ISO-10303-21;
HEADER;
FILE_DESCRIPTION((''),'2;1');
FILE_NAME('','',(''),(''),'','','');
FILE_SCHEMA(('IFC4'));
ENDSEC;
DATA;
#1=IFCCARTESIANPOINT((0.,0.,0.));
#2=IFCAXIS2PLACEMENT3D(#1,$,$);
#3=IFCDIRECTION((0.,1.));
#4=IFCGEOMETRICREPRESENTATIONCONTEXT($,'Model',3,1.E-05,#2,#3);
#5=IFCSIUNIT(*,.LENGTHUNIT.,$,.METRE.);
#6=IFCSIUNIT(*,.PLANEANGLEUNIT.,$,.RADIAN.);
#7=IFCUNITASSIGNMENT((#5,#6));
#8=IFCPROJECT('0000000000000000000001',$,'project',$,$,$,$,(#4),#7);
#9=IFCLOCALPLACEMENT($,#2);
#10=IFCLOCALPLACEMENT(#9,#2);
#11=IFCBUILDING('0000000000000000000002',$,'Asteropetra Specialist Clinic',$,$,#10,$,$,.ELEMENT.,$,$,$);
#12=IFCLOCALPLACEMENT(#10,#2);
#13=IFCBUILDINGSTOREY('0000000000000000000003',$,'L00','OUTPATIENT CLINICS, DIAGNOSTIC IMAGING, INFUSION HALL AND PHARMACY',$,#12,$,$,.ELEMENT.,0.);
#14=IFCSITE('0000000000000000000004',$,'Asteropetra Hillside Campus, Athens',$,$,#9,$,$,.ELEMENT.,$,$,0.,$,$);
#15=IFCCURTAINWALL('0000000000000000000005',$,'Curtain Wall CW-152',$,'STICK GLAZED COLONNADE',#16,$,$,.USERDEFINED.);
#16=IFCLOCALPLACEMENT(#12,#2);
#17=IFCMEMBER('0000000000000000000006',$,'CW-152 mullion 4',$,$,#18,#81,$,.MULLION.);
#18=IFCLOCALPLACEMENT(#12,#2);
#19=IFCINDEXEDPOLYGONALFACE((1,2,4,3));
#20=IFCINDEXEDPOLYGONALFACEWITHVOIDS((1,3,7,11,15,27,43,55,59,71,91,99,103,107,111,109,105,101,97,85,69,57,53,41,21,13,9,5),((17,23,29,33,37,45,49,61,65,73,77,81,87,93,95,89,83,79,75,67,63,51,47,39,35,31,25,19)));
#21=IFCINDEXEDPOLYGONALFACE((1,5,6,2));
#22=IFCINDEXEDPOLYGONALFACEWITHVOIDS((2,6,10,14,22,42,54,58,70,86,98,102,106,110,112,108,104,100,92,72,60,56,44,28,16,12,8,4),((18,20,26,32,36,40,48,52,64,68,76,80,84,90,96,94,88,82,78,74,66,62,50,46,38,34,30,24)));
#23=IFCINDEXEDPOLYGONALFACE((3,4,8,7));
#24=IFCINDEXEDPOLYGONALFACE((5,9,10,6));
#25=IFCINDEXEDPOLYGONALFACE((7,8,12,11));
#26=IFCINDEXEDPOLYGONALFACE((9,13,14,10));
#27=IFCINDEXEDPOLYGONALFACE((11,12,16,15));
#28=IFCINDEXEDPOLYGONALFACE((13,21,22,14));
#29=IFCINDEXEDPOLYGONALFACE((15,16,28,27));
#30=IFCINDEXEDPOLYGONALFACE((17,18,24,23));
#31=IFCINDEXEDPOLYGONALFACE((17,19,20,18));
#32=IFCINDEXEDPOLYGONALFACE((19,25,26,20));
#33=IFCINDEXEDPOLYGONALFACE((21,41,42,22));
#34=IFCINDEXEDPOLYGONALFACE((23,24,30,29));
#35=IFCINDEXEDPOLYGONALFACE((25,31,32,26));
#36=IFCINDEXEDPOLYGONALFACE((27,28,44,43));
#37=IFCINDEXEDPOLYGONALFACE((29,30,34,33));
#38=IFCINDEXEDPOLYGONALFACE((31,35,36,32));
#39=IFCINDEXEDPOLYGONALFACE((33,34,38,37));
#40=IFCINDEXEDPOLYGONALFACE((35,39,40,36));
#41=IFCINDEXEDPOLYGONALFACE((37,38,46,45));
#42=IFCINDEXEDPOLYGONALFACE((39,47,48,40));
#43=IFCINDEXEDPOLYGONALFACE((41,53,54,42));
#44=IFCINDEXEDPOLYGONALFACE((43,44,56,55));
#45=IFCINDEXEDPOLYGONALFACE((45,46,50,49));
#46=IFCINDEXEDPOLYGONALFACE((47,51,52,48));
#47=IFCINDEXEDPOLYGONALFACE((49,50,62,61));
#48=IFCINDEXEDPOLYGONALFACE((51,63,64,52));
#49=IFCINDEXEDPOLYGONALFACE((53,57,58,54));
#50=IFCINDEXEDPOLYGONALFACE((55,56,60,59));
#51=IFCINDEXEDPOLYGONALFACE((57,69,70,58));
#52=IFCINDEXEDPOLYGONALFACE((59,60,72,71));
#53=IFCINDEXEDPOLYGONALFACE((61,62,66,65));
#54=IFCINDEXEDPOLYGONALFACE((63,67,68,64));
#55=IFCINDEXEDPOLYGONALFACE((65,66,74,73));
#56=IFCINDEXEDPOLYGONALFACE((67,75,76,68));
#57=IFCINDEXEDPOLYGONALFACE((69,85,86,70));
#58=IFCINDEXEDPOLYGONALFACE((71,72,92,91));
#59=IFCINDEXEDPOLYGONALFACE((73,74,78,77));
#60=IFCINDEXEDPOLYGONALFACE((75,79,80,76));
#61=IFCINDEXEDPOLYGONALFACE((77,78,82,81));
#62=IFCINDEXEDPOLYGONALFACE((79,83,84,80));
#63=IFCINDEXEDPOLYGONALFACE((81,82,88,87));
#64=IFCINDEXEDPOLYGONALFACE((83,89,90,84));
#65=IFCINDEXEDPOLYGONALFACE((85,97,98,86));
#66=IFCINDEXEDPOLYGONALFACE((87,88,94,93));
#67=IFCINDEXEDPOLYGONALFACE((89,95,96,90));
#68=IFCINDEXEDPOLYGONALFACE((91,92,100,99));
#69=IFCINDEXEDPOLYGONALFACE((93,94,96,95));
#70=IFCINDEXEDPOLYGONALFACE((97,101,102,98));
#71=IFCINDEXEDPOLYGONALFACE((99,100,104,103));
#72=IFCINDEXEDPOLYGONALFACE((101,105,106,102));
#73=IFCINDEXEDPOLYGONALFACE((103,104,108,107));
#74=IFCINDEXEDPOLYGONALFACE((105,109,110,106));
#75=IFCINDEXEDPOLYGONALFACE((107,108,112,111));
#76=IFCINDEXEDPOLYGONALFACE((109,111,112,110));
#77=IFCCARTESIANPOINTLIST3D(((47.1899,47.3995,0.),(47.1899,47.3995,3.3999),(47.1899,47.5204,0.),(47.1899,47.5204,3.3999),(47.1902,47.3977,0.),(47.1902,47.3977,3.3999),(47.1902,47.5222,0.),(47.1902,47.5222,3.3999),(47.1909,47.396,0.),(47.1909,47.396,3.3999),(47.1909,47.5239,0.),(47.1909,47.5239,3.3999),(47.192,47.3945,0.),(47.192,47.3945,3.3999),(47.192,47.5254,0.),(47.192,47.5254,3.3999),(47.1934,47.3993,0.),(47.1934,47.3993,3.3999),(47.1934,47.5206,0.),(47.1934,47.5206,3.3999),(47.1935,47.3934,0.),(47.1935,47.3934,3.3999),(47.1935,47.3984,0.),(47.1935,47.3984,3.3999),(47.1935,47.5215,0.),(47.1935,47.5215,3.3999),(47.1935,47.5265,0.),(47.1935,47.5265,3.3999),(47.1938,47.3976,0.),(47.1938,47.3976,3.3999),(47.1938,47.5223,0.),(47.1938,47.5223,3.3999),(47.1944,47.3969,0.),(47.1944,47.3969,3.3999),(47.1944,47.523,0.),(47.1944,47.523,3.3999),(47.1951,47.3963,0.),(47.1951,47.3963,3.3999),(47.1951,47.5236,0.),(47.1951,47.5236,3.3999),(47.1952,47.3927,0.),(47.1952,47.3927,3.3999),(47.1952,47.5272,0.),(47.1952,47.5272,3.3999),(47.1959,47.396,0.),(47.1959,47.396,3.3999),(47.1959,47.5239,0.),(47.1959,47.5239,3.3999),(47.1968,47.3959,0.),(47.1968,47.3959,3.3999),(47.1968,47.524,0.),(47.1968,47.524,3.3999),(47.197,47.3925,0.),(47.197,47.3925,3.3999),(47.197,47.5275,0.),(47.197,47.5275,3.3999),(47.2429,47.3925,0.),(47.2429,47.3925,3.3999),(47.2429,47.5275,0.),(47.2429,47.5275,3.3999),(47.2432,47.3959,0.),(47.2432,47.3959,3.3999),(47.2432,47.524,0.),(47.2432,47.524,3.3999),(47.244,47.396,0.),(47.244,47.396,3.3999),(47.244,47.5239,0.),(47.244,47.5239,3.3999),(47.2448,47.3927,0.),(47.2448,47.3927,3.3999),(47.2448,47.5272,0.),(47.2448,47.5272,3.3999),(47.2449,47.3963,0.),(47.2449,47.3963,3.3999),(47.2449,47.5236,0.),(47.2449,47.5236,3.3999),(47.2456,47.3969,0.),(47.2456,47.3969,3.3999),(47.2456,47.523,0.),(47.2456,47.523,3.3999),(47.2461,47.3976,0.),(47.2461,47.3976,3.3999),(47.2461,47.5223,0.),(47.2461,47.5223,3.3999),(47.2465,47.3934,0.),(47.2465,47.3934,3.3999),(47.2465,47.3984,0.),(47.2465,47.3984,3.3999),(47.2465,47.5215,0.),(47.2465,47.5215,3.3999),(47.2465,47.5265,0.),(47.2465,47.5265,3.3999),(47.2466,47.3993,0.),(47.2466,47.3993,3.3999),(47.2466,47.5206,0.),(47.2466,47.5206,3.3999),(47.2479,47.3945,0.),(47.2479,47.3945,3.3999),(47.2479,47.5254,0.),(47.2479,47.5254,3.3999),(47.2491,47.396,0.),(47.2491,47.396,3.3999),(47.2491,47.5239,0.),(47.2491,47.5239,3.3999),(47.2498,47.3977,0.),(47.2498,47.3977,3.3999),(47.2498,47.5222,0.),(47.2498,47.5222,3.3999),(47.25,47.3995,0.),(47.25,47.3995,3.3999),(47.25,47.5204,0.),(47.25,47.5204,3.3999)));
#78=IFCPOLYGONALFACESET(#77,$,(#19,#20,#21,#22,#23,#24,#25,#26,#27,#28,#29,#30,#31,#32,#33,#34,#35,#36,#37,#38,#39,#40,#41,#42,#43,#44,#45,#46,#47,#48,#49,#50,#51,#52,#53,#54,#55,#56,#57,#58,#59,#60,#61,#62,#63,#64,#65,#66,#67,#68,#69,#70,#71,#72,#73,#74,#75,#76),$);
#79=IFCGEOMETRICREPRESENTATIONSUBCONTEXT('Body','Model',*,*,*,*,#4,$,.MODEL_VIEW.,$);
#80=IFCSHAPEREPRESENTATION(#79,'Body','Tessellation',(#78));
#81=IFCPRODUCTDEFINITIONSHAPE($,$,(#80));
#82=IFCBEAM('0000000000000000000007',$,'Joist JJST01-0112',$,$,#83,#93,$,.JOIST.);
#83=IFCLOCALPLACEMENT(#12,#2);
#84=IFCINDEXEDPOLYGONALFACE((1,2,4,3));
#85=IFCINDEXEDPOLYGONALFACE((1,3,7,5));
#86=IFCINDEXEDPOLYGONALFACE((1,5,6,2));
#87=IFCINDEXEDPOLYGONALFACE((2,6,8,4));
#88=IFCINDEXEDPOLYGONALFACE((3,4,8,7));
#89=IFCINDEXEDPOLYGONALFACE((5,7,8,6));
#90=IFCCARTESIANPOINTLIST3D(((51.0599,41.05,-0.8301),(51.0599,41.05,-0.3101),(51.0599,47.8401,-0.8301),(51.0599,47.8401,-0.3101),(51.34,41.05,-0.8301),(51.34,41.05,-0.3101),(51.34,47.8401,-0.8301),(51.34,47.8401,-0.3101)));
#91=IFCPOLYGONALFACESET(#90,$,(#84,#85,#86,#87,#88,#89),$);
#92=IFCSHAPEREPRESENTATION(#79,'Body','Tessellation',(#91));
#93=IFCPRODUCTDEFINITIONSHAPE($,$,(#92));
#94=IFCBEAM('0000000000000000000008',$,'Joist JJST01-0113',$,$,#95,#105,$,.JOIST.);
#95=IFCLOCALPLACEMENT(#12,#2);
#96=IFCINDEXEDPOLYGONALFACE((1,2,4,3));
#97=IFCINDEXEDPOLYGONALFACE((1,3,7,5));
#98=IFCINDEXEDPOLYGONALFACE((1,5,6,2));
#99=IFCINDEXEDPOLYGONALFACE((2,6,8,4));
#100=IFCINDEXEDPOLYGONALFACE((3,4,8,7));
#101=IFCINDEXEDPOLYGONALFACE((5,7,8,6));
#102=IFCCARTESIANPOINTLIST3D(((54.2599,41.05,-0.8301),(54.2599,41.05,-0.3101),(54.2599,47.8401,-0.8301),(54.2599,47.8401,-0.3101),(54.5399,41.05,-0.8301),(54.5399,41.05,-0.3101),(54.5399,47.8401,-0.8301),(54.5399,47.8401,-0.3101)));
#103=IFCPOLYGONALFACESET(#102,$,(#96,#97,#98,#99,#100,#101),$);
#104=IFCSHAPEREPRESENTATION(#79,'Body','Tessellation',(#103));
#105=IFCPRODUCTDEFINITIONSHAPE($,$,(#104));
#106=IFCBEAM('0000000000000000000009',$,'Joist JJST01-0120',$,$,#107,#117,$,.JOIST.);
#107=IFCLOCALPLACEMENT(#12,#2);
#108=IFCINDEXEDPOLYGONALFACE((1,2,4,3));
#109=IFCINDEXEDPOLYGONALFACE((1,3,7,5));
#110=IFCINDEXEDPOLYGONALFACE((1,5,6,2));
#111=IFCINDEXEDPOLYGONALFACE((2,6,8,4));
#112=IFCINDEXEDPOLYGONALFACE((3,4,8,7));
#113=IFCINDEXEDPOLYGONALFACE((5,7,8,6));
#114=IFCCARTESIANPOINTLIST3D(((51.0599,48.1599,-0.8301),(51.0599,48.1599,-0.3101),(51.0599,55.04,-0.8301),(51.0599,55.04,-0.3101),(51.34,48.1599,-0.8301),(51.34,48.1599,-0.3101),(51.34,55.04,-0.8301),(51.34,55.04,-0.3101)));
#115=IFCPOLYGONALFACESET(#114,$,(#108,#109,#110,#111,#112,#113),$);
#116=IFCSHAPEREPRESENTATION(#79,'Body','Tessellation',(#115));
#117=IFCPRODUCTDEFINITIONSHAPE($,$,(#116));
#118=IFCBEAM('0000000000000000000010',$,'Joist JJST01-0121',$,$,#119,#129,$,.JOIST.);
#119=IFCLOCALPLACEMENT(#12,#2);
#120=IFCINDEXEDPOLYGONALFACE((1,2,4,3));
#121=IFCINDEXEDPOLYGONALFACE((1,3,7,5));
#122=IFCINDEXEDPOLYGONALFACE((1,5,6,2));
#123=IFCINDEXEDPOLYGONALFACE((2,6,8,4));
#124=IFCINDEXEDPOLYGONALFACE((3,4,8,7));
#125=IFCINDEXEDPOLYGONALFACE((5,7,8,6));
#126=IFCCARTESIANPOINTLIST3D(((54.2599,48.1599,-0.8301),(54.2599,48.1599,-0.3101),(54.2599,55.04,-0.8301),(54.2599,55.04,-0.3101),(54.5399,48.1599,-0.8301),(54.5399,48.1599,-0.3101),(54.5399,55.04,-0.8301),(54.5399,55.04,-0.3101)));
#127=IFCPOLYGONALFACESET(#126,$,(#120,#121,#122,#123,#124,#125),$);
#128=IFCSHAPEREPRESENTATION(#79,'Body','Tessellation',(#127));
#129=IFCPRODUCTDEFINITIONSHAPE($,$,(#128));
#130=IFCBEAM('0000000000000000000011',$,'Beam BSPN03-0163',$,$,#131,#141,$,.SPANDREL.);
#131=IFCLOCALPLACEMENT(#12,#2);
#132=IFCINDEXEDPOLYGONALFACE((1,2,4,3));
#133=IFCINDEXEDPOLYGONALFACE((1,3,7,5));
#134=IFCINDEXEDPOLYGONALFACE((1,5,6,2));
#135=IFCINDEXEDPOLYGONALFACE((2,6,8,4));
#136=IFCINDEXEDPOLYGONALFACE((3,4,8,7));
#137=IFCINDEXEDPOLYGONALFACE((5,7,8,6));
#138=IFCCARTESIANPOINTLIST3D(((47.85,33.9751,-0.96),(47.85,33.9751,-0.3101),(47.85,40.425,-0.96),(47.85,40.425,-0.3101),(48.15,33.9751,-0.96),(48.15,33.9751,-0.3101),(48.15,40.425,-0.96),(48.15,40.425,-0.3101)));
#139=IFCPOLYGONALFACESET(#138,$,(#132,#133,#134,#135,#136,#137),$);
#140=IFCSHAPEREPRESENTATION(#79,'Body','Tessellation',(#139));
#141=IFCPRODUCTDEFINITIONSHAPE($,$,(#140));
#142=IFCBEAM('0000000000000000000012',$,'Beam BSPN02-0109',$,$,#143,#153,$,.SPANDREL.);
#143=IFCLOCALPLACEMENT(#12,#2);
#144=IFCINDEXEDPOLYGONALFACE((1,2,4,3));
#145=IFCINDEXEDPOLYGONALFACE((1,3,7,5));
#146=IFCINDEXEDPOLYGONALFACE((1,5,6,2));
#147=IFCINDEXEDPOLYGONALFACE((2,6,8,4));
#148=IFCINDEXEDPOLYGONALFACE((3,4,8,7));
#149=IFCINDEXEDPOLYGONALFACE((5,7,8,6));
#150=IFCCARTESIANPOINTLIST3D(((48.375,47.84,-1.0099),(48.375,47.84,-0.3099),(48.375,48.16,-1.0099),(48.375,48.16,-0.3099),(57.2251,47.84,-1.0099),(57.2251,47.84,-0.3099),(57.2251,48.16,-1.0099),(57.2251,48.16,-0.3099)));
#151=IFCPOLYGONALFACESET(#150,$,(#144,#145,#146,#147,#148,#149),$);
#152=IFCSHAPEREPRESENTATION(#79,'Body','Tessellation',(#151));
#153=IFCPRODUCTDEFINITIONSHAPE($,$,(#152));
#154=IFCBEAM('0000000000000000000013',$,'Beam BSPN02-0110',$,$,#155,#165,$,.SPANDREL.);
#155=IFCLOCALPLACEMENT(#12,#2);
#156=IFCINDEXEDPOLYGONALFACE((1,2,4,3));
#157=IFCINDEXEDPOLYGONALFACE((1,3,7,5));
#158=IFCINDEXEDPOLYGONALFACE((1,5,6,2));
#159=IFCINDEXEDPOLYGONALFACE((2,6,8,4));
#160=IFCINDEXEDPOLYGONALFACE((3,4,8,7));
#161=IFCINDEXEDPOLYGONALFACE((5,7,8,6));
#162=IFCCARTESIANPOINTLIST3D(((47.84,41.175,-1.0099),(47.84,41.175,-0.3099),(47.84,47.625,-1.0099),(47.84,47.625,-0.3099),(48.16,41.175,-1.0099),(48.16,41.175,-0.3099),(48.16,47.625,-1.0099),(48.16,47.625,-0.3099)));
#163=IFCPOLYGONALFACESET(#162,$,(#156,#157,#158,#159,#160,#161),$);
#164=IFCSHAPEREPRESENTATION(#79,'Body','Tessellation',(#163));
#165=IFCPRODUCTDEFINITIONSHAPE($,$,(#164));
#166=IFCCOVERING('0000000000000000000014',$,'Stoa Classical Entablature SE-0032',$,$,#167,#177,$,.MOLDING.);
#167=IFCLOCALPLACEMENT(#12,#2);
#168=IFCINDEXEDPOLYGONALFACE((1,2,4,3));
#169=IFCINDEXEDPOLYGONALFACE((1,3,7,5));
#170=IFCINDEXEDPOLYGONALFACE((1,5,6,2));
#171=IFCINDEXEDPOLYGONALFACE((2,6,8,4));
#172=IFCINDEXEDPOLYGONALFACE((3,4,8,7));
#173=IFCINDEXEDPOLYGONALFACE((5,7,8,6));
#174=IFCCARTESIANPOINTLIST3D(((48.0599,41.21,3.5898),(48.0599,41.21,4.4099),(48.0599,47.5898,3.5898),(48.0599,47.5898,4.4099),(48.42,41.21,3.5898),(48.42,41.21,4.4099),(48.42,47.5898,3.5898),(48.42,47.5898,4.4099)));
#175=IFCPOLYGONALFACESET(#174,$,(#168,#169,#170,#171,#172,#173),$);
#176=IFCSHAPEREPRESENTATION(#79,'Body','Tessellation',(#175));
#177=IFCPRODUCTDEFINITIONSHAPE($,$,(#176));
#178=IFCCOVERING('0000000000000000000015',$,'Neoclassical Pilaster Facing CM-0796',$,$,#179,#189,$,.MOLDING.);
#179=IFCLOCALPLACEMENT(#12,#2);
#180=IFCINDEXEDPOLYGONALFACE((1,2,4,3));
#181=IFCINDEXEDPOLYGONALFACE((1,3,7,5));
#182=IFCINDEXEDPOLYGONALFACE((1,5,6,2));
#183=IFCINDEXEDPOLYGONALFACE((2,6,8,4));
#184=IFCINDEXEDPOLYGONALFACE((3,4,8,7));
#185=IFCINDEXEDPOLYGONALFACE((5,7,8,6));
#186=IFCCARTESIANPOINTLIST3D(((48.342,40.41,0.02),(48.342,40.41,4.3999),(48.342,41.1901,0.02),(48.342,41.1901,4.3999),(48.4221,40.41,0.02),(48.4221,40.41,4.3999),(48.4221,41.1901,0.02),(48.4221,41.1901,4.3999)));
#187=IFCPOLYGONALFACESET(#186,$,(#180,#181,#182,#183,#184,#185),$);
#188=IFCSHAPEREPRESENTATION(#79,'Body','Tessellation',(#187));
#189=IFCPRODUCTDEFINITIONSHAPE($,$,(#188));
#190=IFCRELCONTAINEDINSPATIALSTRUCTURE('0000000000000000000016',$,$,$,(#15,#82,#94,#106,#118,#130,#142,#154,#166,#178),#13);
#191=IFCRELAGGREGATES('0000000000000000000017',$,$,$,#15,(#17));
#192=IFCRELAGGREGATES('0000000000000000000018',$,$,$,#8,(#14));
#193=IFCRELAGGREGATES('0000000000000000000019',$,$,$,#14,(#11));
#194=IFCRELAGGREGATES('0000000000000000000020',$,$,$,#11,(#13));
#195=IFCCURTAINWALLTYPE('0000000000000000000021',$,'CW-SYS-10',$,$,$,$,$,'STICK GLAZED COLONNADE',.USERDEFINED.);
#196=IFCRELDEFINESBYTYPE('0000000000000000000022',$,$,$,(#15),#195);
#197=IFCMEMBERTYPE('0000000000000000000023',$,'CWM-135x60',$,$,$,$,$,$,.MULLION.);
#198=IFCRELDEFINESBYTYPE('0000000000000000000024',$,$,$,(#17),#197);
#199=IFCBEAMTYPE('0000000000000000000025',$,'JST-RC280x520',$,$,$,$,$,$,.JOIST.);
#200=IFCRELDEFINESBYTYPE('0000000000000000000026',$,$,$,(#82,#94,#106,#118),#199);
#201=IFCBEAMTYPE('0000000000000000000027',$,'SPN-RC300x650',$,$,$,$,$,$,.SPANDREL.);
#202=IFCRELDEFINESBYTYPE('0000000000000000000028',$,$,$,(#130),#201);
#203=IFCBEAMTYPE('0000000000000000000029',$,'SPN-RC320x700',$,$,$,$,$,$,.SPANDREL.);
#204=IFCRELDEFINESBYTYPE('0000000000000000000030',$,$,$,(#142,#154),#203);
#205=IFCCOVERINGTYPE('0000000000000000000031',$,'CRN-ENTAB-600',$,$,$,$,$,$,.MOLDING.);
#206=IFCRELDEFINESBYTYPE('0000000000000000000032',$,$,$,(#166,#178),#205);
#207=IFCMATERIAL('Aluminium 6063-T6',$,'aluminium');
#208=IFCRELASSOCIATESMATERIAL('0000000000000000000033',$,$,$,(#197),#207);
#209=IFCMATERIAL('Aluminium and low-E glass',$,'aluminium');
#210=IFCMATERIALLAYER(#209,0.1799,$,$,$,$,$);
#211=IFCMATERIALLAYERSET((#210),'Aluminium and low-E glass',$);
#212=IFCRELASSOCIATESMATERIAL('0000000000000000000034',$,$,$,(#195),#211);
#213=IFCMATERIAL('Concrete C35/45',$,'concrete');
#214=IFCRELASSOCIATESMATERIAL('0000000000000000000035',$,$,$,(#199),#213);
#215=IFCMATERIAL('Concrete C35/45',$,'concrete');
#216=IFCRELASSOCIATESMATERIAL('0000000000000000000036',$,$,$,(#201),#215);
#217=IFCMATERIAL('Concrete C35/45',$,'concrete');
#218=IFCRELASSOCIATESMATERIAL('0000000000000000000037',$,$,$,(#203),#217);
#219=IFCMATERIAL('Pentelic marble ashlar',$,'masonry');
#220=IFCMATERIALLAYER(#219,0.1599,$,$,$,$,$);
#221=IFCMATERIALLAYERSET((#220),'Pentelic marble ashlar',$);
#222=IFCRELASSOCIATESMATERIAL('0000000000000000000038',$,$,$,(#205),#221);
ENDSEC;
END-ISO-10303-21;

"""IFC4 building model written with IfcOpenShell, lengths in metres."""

from ifc_helpers import new_model, si_unit, direction, frame, origin, origin_2d, place, context, subcontext, project, spatial, rectangle, hollow_rectangle, extrude, material, layer, layer_set, material_profile, profile_set, type_object, element, aggregate, save


model = new_model("IFC4")

# Units and contexts
model_context = context("Model", 3, precision=1e-05, world=origin(), true_north=direction((0.0, 1.0)))
body_context = subcontext(model_context, "Body", "Model", "MODEL_VIEW")
ifc_project = project(units=[si_unit("LENGTHUNIT", "METRE"), si_unit("PLANEANGLEUNIT", "RADIAN")], contexts=[model_context])

# Site, building, storey
site_placement = place(None, origin())
site = spatial("IfcSite", under=ifc_project, at=site_placement, Name="Asteropetra Hillside Campus, Athens", CompositionType="ELEMENT", RefElevation=0.0)
building_placement = place(site_placement, origin())
building = spatial("IfcBuilding", under=site, at=building_placement, Name="Asteropetra Specialist Clinic", CompositionType="ELEMENT")
storey_placement = place(building_placement, origin())
storey = spatial("IfcBuildingStorey", under=building, at=storey_placement, Name="L00", Description="OUTPATIENT CLINICS, DIAGNOSTIC IMAGING, INFUSION HALL AND PHARMACY", CompositionType="ELEMENT", Elevation=0.0)

# Curtain wall, member
ifc_material_1 = material(Name="Aluminium 6063-T6", Category="aluminium")
ifc_material_profile_1 = material_profile(ifc_material_1, hollow_rectangle(XDim=0.0601, YDim=0.135, WallThickness=0.0034, InnerFilletRadius=0.0034, OuterFilletRadius=0.0071, at=origin_2d()), Name="MUL 135x60x3.5")
ifc_profile_set_1 = profile_set([ifc_material_profile_1], Name="Aluminium 6063-T6")
member_type = type_object("IfcMemberType", Name="CWM-135x60", PredefinedType="MULLION", material=ifc_profile_set_1)
ifc_material_2 = material(Name="Aluminium and low-E glass", Category="aluminium")
ifc_layer_1 = layer(ifc_material_2, 0.1799)
ifc_layer_set_1 = layer_set([ifc_layer_1], Name="Aluminium and low-E glass")
curtain_wall_type_1 = type_object("IfcCurtainWallType", Name="CW-SYS-10", ElementType="STICK GLAZED COLONNADE", PredefinedType="USERDEFINED", material=ifc_layer_set_1)
curtain_wall_1_placement = place(storey_placement, origin())
curtain_wall_1 = element("IfcCurtainWall", 1, at=curtain_wall_1_placement, inside=storey, type_object=curtain_wall_type_1, Name="Curtain Wall CW-152", ObjectType="STICK GLAZED COLONNADE", PredefinedType="USERDEFINED")
member_1_placement = place(storey_placement, frame((47.22, 47.46, 0.0), z_axis=(0.0, 0.0, 1.0), x_axis=(-1.0, 0.0, 0.0)))
member_1 = element("IfcMember", 2, at=member_1_placement, type_object=member_type, Name="CW-152 mullion 4", PredefinedType="MULLION", context=body_context, shape_type="SweptSolid", body=[
    extrude(hollow_rectangle(XDim=0.0601, YDim=0.135, WallThickness=0.0034, InnerFilletRadius=0.0034, OuterFilletRadius=0.0071, at=origin_2d()), origin(), (0.0, 0.0, 1.0), 3.3999),
])
aggregate(curtain_wall_1, [member_1])

# Beams
ifc_material_3 = material(Name="Concrete C35/45", Category="concrete")
ifc_material_profile_2 = material_profile(ifc_material_3, rectangle(XDim=0.28, YDim=0.52, at=origin_2d()), Name="RCJ 280x520")
ifc_profile_set_2 = profile_set([ifc_material_profile_2], Name="Concrete C35/45")
beam_type_1 = type_object("IfcBeamType", Name="JST-RC280x520", PredefinedType="JOIST", material=ifc_profile_set_2)
for number, where, z_axis, x_axis, name in (
    (3, (51.2, 41.05, -0.5701), (0.0, 1.0, 0.0), (-1.0, 0.0, 0.0), "Joist JJST01-0112"),
    (4, (54.3999, 41.05, -0.5701), (0.0, 1.0, 0.0), (-1.0, 0.0, 0.0), "Joist JJST01-0113"),
):
    element("IfcBeam", number, at=place(storey_placement, frame(where, z_axis=z_axis, x_axis=x_axis)), inside=storey, type_object=beam_type_1, Name=name, PredefinedType="JOIST", context=body_context, shape_type="SweptSolid", body=[
        extrude(rectangle(XDim=0.28, YDim=0.52, at=origin_2d()), origin(), (0.0, 0.0, 1.0), 6.79),
    ])
for number, where, z_axis, x_axis, name in (
    (5, (51.2, 48.1599, -0.5701), (0.0, 1.0, 0.0), (-1.0, 0.0, 0.0), "Joist JJST01-0120"),
    (6, (54.3999, 48.1599, -0.5701), (0.0, 1.0, 0.0), (-1.0, 0.0, 0.0), "Joist JJST01-0121"),
):
    element("IfcBeam", number, at=place(storey_placement, frame(where, z_axis=z_axis, x_axis=x_axis)), inside=storey, type_object=beam_type_1, Name=name, PredefinedType="JOIST", context=body_context, shape_type="SweptSolid", body=[
        extrude(rectangle(XDim=0.28, YDim=0.52, at=origin_2d()), origin(), (0.0, 0.0, 1.0), 6.8801),
    ])
ifc_material_4 = material(Name="Concrete C35/45", Category="concrete")
ifc_material_profile_3 = material_profile(ifc_material_4, rectangle(XDim=0.3, YDim=0.6499, at=origin_2d()), Name="RCS 300x650")
ifc_profile_set_3 = profile_set([ifc_material_profile_3], Name="Concrete C35/45")
beam_type_2 = type_object("IfcBeamType", Name="SPN-RC300x650", PredefinedType="SPANDREL", material=ifc_profile_set_3)
beam_1_placement = place(storey_placement, frame((48.0, 33.9751, -0.635), z_axis=(0.0, 1.0, 0.0), x_axis=(-1.0, 0.0, 0.0)))
element("IfcBeam", 7, at=beam_1_placement, inside=storey, type_object=beam_type_2, Name="Beam BSPN03-0163", PredefinedType="SPANDREL", context=body_context, shape_type="SweptSolid", body=[
    extrude(rectangle(XDim=0.3, YDim=0.6499, at=origin_2d()), origin(), (0.0, 0.0, 1.0), 6.45),
])
ifc_material_5 = material(Name="Concrete C35/45", Category="concrete")
ifc_material_profile_4 = material_profile(ifc_material_5, rectangle(XDim=0.3201, YDim=0.7, at=origin_2d()), Name="RCS 320x700")
ifc_profile_set_4 = profile_set([ifc_material_profile_4], Name="Concrete C35/45")
beam_type_3 = type_object("IfcBeamType", Name="SPN-RC320x700", PredefinedType="SPANDREL", material=ifc_profile_set_4)
beam_2_placement = place(storey_placement, frame((48.375, 48.0, -0.6599), z_axis=(1.0, 0.0, 0.0), x_axis=(0.0, 1.0, 0.0)))
element("IfcBeam", 8, at=beam_2_placement, inside=storey, type_object=beam_type_3, Name="Beam BSPN02-0109", PredefinedType="SPANDREL", context=body_context, shape_type="SweptSolid", body=[
    extrude(rectangle(XDim=0.3201, YDim=0.7, at=origin_2d()), origin(), (0.0, 0.0, 1.0), 8.8501),
])
beam_3_placement = place(storey_placement, frame((48.0, 41.175, -0.6599), z_axis=(0.0, 1.0, 0.0), x_axis=(-1.0, 0.0, 0.0)))
element("IfcBeam", 9, at=beam_3_placement, inside=storey, type_object=beam_type_3, Name="Beam BSPN02-0110", PredefinedType="SPANDREL", context=body_context, shape_type="SweptSolid", body=[
    extrude(rectangle(XDim=0.3201, YDim=0.7, at=origin_2d()), origin(), (0.0, 0.0, 1.0), 6.45),
])

# Coverings
ifc_material_6 = material(Name="Pentelic marble ashlar", Category="masonry")
ifc_layer_2 = layer(ifc_material_6, 0.1599)
ifc_layer_set_2 = layer_set([ifc_layer_2], Name="Pentelic marble ashlar")
covering_type = type_object("IfcCoveringType", Name="CRN-ENTAB-600", PredefinedType="MOLDING", material=ifc_layer_set_2)
covering_1_placement = place(storey_placement, frame((48.24, 44.3999, 3.5898), z_axis=(0.0, 0.0, 1.0), x_axis=(1.0, 0.0, 0.0)))
element("IfcCovering", 10, at=covering_1_placement, inside=storey, type_object=covering_type, Name="Stoa Classical Entablature SE-0032", PredefinedType="MOLDING", context=body_context, shape_type="SweptSolid", body=[
    extrude(rectangle(XDim=0.3601, YDim=6.3799, at=origin_2d()), origin(), (0.0, 0.0, 1.0), 0.8201),
])
covering_2_placement = place(storey_placement, frame((48.3821, 40.8, 0.02), z_axis=(0.0, 0.0, 1.0), x_axis=(1.0, 0.0, 0.0)))
element("IfcCovering", 11, at=covering_2_placement, inside=storey, type_object=covering_type, Name="Neoclassical Pilaster Facing CM-0796", PredefinedType="MOLDING", context=body_context, shape_type="SweptSolid", body=[
    extrude(rectangle(XDim=0.0801, YDim=0.78, at=origin_2d()), origin(), (0.0, 0.0, 1.0), 4.3799),
])

save(model, "model.ifc")
